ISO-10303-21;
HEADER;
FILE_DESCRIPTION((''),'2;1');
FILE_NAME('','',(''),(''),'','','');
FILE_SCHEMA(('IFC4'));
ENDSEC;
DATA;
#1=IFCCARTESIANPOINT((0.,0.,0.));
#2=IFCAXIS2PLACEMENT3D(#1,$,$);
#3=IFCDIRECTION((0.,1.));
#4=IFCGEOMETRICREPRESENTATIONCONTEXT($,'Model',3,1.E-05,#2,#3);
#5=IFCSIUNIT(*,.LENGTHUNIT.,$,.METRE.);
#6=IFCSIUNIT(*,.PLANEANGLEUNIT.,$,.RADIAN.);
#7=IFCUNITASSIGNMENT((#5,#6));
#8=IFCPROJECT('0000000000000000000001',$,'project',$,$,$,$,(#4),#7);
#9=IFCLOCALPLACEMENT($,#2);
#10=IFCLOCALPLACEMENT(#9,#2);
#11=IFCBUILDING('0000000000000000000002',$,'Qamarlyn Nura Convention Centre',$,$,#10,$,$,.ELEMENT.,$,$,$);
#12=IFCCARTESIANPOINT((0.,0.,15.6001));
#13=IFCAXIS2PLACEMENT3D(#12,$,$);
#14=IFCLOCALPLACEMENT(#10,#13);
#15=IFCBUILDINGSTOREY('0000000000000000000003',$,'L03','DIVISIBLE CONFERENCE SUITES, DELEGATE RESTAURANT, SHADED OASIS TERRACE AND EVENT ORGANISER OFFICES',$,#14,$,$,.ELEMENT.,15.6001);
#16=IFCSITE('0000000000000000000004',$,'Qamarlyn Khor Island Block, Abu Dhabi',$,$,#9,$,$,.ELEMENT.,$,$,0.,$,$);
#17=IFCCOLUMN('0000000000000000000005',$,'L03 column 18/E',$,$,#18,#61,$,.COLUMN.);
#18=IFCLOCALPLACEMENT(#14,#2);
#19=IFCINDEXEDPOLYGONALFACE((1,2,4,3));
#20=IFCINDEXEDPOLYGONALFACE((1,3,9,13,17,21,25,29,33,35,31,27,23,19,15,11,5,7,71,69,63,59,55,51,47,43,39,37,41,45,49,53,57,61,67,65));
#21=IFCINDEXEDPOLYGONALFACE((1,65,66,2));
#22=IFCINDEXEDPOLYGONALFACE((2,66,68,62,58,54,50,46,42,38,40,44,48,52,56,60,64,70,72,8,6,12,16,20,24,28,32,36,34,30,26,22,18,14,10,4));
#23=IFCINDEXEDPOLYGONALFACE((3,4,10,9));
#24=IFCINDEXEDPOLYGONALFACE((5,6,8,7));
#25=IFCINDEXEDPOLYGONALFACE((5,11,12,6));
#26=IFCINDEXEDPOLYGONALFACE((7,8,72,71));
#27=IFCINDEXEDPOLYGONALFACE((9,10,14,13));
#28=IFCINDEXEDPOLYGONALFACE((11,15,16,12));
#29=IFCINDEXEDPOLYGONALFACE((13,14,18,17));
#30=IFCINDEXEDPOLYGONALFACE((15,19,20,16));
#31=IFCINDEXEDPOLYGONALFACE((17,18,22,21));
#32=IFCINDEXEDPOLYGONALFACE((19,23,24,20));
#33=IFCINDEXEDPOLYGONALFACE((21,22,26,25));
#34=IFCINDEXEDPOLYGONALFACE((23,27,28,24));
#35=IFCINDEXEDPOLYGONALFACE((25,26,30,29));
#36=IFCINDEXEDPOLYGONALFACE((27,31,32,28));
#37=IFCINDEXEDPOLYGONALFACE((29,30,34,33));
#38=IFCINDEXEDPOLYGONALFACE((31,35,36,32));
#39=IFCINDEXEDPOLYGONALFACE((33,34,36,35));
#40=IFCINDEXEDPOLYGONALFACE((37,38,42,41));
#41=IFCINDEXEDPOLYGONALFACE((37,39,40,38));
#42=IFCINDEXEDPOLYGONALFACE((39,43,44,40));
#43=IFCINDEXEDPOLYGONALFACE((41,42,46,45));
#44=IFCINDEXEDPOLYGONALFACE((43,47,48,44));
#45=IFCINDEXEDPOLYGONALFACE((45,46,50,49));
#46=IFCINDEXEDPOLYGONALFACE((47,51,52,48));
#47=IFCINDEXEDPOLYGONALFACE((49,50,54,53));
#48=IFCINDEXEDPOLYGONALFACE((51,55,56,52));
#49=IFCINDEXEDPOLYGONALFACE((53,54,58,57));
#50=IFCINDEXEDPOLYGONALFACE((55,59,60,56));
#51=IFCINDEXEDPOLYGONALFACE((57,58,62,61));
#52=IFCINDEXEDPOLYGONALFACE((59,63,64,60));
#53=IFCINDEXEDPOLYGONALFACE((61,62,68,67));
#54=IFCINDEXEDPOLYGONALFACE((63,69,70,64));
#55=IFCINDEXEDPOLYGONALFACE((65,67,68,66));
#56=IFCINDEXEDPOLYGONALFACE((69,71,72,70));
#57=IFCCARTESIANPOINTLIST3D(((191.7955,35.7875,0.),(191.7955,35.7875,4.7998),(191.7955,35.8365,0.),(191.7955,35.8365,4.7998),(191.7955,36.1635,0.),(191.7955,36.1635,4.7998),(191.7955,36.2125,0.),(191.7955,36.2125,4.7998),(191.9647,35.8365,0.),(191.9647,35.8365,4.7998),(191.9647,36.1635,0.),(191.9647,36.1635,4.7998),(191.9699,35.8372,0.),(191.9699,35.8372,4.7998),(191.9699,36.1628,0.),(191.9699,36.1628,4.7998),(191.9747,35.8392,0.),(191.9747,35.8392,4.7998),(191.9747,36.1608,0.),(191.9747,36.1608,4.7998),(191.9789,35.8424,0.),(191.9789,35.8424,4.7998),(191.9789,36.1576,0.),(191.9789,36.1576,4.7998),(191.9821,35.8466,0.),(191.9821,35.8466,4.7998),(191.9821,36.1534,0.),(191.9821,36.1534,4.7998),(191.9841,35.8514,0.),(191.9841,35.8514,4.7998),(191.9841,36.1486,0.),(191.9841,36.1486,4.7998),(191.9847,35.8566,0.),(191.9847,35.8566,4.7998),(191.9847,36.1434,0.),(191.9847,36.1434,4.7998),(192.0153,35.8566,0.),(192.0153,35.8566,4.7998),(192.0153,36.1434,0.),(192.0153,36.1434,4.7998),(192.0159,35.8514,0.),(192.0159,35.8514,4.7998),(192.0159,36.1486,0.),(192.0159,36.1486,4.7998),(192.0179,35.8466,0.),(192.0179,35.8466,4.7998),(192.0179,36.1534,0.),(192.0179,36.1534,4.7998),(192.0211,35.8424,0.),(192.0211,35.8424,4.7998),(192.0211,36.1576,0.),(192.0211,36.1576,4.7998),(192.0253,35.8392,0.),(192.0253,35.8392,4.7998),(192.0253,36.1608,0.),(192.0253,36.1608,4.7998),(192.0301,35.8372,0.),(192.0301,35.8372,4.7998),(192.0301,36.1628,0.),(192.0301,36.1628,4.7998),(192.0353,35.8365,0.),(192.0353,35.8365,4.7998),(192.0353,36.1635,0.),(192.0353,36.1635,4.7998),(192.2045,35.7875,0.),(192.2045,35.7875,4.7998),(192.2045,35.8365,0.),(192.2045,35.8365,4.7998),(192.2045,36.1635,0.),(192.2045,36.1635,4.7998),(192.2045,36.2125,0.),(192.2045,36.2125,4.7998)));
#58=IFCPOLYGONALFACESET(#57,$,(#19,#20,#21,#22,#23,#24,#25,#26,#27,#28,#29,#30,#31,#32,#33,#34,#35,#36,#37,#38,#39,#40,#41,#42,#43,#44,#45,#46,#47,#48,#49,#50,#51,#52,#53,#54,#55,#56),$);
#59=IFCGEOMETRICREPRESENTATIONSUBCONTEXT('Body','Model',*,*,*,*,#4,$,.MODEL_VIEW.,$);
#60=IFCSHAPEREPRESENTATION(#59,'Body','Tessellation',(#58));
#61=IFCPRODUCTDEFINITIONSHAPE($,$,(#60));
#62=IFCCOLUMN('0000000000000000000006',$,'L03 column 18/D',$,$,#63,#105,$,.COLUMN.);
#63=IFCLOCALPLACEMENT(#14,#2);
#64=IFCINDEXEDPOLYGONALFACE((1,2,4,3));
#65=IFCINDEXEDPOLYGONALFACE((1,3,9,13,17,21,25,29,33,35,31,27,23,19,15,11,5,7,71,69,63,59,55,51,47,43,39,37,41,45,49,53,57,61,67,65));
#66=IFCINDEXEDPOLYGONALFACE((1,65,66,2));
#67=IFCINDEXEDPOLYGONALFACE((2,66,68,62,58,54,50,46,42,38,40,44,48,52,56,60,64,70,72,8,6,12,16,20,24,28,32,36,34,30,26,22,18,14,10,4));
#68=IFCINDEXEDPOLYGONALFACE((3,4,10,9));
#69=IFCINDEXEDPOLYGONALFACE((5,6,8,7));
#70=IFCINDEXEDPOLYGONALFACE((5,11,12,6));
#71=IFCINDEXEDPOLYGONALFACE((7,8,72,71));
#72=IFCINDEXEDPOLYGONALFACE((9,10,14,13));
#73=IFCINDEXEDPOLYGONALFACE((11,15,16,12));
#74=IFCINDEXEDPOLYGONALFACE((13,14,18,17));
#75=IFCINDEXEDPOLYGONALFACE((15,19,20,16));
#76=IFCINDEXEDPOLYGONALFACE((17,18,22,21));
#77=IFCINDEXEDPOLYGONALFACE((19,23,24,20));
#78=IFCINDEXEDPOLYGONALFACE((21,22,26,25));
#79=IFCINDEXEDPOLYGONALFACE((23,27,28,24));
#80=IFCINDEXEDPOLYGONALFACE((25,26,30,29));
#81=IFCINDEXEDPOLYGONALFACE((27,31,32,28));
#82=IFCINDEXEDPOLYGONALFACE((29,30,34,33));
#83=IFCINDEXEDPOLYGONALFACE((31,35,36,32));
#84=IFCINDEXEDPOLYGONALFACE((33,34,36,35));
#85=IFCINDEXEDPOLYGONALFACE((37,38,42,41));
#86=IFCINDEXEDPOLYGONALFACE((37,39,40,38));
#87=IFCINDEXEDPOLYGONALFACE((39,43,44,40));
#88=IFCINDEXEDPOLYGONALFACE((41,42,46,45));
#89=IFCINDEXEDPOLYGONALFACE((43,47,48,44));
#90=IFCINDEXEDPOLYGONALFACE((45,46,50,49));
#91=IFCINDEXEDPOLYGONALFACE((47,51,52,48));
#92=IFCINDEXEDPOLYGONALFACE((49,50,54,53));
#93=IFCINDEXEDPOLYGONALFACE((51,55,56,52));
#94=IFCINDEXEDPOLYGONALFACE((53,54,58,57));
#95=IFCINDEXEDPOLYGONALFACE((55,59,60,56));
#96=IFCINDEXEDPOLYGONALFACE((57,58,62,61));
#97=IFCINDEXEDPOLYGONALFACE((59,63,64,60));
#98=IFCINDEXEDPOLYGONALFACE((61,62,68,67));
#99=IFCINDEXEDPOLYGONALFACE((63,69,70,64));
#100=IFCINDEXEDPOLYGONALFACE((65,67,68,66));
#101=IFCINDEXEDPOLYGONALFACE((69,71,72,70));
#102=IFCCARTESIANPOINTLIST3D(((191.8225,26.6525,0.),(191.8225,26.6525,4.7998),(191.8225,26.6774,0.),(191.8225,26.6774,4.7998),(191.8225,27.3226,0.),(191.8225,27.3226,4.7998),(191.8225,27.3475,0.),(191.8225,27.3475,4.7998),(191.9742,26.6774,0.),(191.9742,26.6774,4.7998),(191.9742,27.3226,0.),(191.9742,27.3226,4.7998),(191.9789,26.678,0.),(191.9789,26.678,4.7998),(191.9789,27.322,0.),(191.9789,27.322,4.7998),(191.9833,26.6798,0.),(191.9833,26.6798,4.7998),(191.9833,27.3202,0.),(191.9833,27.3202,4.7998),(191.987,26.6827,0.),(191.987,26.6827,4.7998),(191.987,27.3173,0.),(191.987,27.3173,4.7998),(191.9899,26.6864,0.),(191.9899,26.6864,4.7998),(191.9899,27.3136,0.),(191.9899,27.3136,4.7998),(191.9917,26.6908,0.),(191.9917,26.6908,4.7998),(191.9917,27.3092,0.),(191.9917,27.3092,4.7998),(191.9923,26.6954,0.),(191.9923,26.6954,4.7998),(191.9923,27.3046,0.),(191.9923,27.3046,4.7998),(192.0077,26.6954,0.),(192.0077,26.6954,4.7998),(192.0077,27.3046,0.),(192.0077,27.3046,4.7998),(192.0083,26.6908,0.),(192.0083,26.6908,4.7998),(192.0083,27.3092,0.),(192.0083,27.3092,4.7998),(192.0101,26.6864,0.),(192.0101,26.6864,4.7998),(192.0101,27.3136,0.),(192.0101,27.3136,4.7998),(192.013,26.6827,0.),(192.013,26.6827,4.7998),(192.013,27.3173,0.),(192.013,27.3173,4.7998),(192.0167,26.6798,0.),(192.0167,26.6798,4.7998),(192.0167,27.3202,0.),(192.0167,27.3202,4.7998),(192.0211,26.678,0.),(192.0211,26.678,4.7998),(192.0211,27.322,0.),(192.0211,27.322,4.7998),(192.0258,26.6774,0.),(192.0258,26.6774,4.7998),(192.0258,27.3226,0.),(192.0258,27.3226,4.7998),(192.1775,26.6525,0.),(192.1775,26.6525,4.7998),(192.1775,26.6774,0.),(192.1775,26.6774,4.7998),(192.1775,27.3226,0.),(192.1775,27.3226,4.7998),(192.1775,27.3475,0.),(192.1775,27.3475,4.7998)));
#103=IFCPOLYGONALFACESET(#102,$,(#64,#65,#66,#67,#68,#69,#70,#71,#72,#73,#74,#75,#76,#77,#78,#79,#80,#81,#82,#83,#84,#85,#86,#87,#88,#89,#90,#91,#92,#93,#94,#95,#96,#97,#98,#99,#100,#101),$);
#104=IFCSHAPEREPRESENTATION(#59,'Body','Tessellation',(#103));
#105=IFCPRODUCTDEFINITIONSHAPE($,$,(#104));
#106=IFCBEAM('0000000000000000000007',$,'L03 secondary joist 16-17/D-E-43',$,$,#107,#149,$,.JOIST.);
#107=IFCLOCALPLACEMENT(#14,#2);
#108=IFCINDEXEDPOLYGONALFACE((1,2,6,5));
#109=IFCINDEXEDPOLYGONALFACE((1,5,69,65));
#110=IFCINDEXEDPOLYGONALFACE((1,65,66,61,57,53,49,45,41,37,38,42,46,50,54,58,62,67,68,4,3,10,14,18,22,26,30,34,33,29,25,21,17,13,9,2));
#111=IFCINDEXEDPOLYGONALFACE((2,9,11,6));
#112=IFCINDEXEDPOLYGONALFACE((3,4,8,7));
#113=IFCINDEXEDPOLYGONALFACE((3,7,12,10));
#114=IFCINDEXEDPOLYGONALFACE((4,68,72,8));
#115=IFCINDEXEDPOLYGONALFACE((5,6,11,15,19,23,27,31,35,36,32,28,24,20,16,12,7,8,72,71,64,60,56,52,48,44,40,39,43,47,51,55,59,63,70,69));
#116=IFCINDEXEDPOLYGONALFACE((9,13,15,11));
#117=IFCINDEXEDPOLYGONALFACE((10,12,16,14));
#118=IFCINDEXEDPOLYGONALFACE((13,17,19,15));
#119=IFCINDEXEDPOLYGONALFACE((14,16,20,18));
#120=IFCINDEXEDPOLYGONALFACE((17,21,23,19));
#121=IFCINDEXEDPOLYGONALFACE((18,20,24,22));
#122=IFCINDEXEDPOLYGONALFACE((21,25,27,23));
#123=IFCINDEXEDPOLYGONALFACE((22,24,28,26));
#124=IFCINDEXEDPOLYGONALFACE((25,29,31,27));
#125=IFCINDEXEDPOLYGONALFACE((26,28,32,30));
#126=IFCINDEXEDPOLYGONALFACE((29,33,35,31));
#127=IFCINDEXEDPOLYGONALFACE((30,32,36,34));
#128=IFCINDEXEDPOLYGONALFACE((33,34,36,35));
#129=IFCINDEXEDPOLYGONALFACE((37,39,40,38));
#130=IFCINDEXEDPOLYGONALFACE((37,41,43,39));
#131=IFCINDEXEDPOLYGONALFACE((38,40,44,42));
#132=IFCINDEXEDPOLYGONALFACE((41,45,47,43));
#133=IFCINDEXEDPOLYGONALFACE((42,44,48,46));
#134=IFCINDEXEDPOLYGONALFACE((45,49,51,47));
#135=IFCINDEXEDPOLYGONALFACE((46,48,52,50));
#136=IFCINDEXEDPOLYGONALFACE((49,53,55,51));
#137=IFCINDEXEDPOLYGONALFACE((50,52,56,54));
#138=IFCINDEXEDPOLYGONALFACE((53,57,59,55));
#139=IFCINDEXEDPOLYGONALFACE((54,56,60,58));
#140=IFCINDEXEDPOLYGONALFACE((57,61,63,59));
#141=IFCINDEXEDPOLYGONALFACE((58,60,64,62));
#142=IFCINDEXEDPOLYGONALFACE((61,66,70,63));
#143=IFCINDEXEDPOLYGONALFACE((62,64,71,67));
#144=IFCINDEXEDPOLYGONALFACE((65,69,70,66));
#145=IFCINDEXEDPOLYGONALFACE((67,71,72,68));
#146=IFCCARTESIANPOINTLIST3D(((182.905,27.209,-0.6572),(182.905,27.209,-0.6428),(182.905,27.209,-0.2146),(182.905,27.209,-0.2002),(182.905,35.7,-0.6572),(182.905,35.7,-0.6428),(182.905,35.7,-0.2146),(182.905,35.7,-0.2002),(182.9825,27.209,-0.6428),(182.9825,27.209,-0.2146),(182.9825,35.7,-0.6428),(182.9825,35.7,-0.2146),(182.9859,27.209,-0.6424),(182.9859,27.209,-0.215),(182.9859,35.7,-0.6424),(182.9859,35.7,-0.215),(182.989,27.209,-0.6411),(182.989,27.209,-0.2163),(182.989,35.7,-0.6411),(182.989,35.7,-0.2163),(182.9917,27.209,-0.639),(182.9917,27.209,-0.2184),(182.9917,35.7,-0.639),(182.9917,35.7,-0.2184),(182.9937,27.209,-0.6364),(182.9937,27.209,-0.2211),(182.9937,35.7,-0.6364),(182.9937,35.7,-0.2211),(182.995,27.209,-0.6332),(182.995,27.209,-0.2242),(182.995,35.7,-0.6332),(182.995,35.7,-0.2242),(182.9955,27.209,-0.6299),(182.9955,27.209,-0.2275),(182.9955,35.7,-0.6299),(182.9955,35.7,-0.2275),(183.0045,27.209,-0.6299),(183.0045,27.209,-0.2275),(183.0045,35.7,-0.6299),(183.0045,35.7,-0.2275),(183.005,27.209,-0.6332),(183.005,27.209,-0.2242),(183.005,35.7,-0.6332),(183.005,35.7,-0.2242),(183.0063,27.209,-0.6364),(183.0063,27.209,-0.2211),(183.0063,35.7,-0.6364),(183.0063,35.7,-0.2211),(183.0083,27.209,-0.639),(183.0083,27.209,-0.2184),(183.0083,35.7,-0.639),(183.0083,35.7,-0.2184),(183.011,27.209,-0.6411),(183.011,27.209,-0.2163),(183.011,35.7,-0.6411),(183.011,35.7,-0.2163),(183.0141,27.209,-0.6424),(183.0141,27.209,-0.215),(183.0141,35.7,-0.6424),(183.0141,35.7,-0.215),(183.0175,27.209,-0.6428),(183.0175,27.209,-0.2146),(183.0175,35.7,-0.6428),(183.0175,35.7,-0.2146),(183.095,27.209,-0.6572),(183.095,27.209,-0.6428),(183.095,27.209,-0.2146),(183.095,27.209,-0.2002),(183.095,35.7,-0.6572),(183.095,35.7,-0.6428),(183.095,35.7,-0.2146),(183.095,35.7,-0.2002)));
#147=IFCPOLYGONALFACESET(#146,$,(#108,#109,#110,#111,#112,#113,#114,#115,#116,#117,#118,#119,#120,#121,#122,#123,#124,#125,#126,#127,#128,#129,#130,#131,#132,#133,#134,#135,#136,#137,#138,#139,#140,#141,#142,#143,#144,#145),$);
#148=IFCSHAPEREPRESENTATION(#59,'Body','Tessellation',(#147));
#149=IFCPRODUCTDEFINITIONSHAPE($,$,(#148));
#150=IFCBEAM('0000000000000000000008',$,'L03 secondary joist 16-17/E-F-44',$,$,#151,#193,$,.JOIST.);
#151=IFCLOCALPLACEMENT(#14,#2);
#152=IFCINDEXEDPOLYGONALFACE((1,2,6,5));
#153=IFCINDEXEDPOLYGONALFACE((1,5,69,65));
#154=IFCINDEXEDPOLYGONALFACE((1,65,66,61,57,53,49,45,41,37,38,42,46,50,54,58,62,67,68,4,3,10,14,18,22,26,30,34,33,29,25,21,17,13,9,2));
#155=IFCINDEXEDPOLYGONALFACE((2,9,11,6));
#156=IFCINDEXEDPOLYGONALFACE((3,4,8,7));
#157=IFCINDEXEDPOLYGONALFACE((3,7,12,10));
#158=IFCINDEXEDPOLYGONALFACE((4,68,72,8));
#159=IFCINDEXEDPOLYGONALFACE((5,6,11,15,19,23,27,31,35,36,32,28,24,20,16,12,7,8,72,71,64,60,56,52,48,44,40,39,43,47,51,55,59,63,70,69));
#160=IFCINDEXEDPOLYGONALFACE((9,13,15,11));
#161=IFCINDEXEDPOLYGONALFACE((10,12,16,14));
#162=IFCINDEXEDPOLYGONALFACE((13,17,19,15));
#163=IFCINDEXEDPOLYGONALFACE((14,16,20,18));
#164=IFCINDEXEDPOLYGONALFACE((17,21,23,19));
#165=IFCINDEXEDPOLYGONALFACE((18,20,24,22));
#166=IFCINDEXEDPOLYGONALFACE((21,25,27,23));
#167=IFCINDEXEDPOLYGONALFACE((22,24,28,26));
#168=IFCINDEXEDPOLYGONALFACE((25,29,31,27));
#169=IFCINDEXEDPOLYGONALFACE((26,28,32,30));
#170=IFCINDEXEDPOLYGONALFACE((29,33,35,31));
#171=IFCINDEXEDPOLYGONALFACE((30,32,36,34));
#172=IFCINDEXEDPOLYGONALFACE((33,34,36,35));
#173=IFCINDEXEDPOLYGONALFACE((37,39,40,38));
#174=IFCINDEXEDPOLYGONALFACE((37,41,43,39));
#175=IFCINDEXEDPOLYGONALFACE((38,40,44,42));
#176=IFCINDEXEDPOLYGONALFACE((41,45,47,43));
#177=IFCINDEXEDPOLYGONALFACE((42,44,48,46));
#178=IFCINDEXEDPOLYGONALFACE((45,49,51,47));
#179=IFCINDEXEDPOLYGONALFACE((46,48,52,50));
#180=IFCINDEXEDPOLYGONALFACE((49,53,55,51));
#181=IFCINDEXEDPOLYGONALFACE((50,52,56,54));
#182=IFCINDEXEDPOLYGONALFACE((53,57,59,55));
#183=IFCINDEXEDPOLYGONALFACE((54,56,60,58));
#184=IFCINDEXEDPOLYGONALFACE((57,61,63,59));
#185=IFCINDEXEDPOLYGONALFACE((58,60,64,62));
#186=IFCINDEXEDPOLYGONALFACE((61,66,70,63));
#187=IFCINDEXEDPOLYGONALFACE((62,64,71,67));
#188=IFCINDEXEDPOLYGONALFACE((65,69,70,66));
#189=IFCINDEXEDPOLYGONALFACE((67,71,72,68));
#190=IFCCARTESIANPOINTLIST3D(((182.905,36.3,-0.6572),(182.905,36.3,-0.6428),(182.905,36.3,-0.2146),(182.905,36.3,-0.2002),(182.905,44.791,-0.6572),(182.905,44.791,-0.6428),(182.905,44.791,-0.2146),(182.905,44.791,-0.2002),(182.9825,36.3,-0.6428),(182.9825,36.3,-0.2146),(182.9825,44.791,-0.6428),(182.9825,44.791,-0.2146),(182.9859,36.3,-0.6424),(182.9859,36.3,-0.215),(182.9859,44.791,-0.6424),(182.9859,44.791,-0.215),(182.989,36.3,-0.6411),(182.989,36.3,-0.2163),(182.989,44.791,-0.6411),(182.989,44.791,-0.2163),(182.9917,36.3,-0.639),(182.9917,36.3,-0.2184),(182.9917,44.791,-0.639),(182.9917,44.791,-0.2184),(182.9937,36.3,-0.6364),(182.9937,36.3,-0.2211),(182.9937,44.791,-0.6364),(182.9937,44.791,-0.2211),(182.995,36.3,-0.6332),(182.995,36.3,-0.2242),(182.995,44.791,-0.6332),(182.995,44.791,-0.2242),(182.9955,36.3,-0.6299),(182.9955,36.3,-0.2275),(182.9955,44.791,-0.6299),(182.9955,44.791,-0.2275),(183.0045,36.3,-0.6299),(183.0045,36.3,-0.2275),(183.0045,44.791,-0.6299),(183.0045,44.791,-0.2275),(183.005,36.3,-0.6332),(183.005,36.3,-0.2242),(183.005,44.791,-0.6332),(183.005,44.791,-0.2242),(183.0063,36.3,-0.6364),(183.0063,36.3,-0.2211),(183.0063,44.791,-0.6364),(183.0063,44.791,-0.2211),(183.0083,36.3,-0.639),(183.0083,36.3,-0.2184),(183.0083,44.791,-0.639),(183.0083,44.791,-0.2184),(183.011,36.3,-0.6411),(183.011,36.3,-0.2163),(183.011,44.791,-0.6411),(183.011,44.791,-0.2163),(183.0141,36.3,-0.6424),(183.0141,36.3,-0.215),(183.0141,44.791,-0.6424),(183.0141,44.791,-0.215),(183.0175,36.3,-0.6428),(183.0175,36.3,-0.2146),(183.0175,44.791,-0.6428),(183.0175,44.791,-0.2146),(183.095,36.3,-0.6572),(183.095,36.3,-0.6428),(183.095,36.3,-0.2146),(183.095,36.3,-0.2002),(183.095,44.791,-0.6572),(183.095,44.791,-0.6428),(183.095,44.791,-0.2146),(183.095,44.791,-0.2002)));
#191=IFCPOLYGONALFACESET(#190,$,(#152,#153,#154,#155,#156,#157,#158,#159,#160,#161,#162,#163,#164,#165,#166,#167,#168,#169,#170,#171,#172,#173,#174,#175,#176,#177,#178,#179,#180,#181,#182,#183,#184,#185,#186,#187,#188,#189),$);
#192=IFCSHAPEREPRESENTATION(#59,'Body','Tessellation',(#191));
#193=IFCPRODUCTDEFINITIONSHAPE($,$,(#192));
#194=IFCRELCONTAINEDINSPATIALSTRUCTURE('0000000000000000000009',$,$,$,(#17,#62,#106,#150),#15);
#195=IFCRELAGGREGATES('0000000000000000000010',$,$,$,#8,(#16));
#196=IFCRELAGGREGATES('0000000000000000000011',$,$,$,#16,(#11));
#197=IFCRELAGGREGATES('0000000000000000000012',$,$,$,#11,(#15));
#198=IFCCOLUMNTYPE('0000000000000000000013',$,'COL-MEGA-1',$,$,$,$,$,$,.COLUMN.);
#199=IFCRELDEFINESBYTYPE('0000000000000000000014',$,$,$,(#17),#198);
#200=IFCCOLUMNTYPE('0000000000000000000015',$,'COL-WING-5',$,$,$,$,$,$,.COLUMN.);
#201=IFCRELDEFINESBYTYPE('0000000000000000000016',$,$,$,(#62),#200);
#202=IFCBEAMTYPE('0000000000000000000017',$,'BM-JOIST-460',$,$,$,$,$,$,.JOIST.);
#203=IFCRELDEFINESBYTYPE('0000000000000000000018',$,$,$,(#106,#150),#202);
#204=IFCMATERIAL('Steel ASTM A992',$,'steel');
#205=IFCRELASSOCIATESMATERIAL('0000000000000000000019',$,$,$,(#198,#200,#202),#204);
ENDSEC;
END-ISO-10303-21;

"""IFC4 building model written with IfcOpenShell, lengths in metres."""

from ifc_helpers import new_model, si_unit, direction, frame, origin, origin_2d, place, context, subcontext, project, spatial, i_section, extrude, material, material_profile, profile_set, type_object, element, save


model = new_model("IFC4")

# Units and contexts
model_context = context("Model", 3, precision=1e-05, world=origin(), true_north=direction((0.0, 1.0)))
body_context = subcontext(model_context, "Body", "Model", "MODEL_VIEW")
ifc_project = project(units=[si_unit("LENGTHUNIT", "METRE"), si_unit("PLANEANGLEUNIT", "RADIAN")], contexts=[model_context])

# Site, building, storey
site_placement = place(None, origin())
site = spatial("IfcSite", under=ifc_project, at=site_placement, Name="Qamarlyn Khor Island Block, Abu Dhabi", CompositionType="ELEMENT", RefElevation=0.0)
building_placement = place(site_placement, origin())
building = spatial("IfcBuilding", under=site, at=building_placement, Name="Qamarlyn Nura Convention Centre", CompositionType="ELEMENT")
storey_placement = place(building_placement, frame((0.0, 0.0, 15.6001)))
storey = spatial("IfcBuildingStorey", under=building, at=storey_placement, Name="L03", Description="DIVISIBLE CONFERENCE SUITES, DELEGATE RESTAURANT, SHADED OASIS TERRACE AND EVENT ORGANISER OFFICES", CompositionType="ELEMENT", Elevation=15.6001)

# Columns
ifc_material_1 = material(Name="Steel ASTM A992", Category="steel")
ifc_material_profile_1 = material_profile(ifc_material_1, i_section(OverallWidth=0.4089, OverallDepth=0.425, WebThickness=0.0305, FlangeThickness=0.0491, FilletRadius=0.02, at=origin_2d()), Name="W360X421")
ifc_profile_set_1 = profile_set([ifc_material_profile_1], Name="Steel ASTM A992")
column_type_1 = type_object("IfcColumnType", Name="COL-MEGA-1", PredefinedType="COLUMN", material=ifc_profile_set_1)
column_1_placement = place(storey_placement, frame((192.0, 36.0, 0.0), z_axis=(0.0, 0.0, 1.0), x_axis=(1.0, 0.0, 0.0)))
element("IfcColumn", 1, at=column_1_placement, inside=storey, type_object=column_type_1, Name="L03 column 18/E", PredefinedType="COLUMN", context=body_context, shape_type="SweptSolid", body=[
    extrude(i_section(OverallWidth=0.4089, OverallDepth=0.425, WebThickness=0.0305, FlangeThickness=0.0491, FilletRadius=0.02, at=origin_2d()), origin(), (0.0, 0.0, 1.0), 4.7998),
])
ifc_material_profile_2 = material_profile(ifc_material_1, i_section(OverallWidth=0.355, OverallDepth=0.6951, WebThickness=0.0154, FlangeThickness=0.0249, FilletRadius=0.0181, at=origin_2d()), Name="W690X217")
ifc_profile_set_2 = profile_set([ifc_material_profile_2], Name="Steel ASTM A992")
column_type_2 = type_object("IfcColumnType", Name="COL-WING-5", PredefinedType="COLUMN", material=ifc_profile_set_2)
column_2_placement = place(storey_placement, frame((192.0, 27.0, 0.0), z_axis=(0.0, 0.0, 1.0), x_axis=(1.0, 0.0, 0.0)))
element("IfcColumn", 2, at=column_2_placement, inside=storey, type_object=column_type_2, Name="L03 column 18/D", PredefinedType="COLUMN", context=body_context, shape_type="SweptSolid", body=[
    extrude(i_section(OverallWidth=0.355, OverallDepth=0.6951, WebThickness=0.0154, FlangeThickness=0.0249, FilletRadius=0.0181, at=origin_2d()), origin(), (0.0, 0.0, 1.0), 4.7998),
])

# Beams
ifc_material_profile_3 = material_profile(ifc_material_1, i_section(OverallWidth=0.1899, OverallDepth=0.457, WebThickness=0.009, FlangeThickness=0.0144, FilletRadius=0.0129, at=origin_2d()), Name="W460X74")
ifc_profile_set_3 = profile_set([ifc_material_profile_3], Name="Steel ASTM A992")
beam_type_1 = type_object("IfcBeamType", Name="BM-JOIST-460", PredefinedType="JOIST", material=ifc_profile_set_3)
for number, where, z_axis, x_axis, name in (
    (3, (183.0, 27.209, -0.4287), (0.0, 1.0, 0.0), (-1.0, 0.0, 0.0), "L03 secondary joist 16-17/D-E-43"),
    (4, (183.0, 36.3, -0.4287), (0.0, 1.0, 0.0), (-1.0, 0.0, 0.0), "L03 secondary joist 16-17/E-F-44"),
):
    element("IfcBeam", number, at=place(storey_placement, frame(where, z_axis=z_axis, x_axis=x_axis)), inside=storey, type_object=beam_type_1, Name=name, PredefinedType="JOIST", context=body_context, shape_type="SweptSolid", body=[
        extrude(i_section(OverallWidth=0.1899, OverallDepth=0.457, WebThickness=0.009, FlangeThickness=0.0144, FilletRadius=0.0129, at=origin_2d()), origin(), (0.0, 0.0, 1.0), 8.491),
    ])

save(model, "model.ifc")
